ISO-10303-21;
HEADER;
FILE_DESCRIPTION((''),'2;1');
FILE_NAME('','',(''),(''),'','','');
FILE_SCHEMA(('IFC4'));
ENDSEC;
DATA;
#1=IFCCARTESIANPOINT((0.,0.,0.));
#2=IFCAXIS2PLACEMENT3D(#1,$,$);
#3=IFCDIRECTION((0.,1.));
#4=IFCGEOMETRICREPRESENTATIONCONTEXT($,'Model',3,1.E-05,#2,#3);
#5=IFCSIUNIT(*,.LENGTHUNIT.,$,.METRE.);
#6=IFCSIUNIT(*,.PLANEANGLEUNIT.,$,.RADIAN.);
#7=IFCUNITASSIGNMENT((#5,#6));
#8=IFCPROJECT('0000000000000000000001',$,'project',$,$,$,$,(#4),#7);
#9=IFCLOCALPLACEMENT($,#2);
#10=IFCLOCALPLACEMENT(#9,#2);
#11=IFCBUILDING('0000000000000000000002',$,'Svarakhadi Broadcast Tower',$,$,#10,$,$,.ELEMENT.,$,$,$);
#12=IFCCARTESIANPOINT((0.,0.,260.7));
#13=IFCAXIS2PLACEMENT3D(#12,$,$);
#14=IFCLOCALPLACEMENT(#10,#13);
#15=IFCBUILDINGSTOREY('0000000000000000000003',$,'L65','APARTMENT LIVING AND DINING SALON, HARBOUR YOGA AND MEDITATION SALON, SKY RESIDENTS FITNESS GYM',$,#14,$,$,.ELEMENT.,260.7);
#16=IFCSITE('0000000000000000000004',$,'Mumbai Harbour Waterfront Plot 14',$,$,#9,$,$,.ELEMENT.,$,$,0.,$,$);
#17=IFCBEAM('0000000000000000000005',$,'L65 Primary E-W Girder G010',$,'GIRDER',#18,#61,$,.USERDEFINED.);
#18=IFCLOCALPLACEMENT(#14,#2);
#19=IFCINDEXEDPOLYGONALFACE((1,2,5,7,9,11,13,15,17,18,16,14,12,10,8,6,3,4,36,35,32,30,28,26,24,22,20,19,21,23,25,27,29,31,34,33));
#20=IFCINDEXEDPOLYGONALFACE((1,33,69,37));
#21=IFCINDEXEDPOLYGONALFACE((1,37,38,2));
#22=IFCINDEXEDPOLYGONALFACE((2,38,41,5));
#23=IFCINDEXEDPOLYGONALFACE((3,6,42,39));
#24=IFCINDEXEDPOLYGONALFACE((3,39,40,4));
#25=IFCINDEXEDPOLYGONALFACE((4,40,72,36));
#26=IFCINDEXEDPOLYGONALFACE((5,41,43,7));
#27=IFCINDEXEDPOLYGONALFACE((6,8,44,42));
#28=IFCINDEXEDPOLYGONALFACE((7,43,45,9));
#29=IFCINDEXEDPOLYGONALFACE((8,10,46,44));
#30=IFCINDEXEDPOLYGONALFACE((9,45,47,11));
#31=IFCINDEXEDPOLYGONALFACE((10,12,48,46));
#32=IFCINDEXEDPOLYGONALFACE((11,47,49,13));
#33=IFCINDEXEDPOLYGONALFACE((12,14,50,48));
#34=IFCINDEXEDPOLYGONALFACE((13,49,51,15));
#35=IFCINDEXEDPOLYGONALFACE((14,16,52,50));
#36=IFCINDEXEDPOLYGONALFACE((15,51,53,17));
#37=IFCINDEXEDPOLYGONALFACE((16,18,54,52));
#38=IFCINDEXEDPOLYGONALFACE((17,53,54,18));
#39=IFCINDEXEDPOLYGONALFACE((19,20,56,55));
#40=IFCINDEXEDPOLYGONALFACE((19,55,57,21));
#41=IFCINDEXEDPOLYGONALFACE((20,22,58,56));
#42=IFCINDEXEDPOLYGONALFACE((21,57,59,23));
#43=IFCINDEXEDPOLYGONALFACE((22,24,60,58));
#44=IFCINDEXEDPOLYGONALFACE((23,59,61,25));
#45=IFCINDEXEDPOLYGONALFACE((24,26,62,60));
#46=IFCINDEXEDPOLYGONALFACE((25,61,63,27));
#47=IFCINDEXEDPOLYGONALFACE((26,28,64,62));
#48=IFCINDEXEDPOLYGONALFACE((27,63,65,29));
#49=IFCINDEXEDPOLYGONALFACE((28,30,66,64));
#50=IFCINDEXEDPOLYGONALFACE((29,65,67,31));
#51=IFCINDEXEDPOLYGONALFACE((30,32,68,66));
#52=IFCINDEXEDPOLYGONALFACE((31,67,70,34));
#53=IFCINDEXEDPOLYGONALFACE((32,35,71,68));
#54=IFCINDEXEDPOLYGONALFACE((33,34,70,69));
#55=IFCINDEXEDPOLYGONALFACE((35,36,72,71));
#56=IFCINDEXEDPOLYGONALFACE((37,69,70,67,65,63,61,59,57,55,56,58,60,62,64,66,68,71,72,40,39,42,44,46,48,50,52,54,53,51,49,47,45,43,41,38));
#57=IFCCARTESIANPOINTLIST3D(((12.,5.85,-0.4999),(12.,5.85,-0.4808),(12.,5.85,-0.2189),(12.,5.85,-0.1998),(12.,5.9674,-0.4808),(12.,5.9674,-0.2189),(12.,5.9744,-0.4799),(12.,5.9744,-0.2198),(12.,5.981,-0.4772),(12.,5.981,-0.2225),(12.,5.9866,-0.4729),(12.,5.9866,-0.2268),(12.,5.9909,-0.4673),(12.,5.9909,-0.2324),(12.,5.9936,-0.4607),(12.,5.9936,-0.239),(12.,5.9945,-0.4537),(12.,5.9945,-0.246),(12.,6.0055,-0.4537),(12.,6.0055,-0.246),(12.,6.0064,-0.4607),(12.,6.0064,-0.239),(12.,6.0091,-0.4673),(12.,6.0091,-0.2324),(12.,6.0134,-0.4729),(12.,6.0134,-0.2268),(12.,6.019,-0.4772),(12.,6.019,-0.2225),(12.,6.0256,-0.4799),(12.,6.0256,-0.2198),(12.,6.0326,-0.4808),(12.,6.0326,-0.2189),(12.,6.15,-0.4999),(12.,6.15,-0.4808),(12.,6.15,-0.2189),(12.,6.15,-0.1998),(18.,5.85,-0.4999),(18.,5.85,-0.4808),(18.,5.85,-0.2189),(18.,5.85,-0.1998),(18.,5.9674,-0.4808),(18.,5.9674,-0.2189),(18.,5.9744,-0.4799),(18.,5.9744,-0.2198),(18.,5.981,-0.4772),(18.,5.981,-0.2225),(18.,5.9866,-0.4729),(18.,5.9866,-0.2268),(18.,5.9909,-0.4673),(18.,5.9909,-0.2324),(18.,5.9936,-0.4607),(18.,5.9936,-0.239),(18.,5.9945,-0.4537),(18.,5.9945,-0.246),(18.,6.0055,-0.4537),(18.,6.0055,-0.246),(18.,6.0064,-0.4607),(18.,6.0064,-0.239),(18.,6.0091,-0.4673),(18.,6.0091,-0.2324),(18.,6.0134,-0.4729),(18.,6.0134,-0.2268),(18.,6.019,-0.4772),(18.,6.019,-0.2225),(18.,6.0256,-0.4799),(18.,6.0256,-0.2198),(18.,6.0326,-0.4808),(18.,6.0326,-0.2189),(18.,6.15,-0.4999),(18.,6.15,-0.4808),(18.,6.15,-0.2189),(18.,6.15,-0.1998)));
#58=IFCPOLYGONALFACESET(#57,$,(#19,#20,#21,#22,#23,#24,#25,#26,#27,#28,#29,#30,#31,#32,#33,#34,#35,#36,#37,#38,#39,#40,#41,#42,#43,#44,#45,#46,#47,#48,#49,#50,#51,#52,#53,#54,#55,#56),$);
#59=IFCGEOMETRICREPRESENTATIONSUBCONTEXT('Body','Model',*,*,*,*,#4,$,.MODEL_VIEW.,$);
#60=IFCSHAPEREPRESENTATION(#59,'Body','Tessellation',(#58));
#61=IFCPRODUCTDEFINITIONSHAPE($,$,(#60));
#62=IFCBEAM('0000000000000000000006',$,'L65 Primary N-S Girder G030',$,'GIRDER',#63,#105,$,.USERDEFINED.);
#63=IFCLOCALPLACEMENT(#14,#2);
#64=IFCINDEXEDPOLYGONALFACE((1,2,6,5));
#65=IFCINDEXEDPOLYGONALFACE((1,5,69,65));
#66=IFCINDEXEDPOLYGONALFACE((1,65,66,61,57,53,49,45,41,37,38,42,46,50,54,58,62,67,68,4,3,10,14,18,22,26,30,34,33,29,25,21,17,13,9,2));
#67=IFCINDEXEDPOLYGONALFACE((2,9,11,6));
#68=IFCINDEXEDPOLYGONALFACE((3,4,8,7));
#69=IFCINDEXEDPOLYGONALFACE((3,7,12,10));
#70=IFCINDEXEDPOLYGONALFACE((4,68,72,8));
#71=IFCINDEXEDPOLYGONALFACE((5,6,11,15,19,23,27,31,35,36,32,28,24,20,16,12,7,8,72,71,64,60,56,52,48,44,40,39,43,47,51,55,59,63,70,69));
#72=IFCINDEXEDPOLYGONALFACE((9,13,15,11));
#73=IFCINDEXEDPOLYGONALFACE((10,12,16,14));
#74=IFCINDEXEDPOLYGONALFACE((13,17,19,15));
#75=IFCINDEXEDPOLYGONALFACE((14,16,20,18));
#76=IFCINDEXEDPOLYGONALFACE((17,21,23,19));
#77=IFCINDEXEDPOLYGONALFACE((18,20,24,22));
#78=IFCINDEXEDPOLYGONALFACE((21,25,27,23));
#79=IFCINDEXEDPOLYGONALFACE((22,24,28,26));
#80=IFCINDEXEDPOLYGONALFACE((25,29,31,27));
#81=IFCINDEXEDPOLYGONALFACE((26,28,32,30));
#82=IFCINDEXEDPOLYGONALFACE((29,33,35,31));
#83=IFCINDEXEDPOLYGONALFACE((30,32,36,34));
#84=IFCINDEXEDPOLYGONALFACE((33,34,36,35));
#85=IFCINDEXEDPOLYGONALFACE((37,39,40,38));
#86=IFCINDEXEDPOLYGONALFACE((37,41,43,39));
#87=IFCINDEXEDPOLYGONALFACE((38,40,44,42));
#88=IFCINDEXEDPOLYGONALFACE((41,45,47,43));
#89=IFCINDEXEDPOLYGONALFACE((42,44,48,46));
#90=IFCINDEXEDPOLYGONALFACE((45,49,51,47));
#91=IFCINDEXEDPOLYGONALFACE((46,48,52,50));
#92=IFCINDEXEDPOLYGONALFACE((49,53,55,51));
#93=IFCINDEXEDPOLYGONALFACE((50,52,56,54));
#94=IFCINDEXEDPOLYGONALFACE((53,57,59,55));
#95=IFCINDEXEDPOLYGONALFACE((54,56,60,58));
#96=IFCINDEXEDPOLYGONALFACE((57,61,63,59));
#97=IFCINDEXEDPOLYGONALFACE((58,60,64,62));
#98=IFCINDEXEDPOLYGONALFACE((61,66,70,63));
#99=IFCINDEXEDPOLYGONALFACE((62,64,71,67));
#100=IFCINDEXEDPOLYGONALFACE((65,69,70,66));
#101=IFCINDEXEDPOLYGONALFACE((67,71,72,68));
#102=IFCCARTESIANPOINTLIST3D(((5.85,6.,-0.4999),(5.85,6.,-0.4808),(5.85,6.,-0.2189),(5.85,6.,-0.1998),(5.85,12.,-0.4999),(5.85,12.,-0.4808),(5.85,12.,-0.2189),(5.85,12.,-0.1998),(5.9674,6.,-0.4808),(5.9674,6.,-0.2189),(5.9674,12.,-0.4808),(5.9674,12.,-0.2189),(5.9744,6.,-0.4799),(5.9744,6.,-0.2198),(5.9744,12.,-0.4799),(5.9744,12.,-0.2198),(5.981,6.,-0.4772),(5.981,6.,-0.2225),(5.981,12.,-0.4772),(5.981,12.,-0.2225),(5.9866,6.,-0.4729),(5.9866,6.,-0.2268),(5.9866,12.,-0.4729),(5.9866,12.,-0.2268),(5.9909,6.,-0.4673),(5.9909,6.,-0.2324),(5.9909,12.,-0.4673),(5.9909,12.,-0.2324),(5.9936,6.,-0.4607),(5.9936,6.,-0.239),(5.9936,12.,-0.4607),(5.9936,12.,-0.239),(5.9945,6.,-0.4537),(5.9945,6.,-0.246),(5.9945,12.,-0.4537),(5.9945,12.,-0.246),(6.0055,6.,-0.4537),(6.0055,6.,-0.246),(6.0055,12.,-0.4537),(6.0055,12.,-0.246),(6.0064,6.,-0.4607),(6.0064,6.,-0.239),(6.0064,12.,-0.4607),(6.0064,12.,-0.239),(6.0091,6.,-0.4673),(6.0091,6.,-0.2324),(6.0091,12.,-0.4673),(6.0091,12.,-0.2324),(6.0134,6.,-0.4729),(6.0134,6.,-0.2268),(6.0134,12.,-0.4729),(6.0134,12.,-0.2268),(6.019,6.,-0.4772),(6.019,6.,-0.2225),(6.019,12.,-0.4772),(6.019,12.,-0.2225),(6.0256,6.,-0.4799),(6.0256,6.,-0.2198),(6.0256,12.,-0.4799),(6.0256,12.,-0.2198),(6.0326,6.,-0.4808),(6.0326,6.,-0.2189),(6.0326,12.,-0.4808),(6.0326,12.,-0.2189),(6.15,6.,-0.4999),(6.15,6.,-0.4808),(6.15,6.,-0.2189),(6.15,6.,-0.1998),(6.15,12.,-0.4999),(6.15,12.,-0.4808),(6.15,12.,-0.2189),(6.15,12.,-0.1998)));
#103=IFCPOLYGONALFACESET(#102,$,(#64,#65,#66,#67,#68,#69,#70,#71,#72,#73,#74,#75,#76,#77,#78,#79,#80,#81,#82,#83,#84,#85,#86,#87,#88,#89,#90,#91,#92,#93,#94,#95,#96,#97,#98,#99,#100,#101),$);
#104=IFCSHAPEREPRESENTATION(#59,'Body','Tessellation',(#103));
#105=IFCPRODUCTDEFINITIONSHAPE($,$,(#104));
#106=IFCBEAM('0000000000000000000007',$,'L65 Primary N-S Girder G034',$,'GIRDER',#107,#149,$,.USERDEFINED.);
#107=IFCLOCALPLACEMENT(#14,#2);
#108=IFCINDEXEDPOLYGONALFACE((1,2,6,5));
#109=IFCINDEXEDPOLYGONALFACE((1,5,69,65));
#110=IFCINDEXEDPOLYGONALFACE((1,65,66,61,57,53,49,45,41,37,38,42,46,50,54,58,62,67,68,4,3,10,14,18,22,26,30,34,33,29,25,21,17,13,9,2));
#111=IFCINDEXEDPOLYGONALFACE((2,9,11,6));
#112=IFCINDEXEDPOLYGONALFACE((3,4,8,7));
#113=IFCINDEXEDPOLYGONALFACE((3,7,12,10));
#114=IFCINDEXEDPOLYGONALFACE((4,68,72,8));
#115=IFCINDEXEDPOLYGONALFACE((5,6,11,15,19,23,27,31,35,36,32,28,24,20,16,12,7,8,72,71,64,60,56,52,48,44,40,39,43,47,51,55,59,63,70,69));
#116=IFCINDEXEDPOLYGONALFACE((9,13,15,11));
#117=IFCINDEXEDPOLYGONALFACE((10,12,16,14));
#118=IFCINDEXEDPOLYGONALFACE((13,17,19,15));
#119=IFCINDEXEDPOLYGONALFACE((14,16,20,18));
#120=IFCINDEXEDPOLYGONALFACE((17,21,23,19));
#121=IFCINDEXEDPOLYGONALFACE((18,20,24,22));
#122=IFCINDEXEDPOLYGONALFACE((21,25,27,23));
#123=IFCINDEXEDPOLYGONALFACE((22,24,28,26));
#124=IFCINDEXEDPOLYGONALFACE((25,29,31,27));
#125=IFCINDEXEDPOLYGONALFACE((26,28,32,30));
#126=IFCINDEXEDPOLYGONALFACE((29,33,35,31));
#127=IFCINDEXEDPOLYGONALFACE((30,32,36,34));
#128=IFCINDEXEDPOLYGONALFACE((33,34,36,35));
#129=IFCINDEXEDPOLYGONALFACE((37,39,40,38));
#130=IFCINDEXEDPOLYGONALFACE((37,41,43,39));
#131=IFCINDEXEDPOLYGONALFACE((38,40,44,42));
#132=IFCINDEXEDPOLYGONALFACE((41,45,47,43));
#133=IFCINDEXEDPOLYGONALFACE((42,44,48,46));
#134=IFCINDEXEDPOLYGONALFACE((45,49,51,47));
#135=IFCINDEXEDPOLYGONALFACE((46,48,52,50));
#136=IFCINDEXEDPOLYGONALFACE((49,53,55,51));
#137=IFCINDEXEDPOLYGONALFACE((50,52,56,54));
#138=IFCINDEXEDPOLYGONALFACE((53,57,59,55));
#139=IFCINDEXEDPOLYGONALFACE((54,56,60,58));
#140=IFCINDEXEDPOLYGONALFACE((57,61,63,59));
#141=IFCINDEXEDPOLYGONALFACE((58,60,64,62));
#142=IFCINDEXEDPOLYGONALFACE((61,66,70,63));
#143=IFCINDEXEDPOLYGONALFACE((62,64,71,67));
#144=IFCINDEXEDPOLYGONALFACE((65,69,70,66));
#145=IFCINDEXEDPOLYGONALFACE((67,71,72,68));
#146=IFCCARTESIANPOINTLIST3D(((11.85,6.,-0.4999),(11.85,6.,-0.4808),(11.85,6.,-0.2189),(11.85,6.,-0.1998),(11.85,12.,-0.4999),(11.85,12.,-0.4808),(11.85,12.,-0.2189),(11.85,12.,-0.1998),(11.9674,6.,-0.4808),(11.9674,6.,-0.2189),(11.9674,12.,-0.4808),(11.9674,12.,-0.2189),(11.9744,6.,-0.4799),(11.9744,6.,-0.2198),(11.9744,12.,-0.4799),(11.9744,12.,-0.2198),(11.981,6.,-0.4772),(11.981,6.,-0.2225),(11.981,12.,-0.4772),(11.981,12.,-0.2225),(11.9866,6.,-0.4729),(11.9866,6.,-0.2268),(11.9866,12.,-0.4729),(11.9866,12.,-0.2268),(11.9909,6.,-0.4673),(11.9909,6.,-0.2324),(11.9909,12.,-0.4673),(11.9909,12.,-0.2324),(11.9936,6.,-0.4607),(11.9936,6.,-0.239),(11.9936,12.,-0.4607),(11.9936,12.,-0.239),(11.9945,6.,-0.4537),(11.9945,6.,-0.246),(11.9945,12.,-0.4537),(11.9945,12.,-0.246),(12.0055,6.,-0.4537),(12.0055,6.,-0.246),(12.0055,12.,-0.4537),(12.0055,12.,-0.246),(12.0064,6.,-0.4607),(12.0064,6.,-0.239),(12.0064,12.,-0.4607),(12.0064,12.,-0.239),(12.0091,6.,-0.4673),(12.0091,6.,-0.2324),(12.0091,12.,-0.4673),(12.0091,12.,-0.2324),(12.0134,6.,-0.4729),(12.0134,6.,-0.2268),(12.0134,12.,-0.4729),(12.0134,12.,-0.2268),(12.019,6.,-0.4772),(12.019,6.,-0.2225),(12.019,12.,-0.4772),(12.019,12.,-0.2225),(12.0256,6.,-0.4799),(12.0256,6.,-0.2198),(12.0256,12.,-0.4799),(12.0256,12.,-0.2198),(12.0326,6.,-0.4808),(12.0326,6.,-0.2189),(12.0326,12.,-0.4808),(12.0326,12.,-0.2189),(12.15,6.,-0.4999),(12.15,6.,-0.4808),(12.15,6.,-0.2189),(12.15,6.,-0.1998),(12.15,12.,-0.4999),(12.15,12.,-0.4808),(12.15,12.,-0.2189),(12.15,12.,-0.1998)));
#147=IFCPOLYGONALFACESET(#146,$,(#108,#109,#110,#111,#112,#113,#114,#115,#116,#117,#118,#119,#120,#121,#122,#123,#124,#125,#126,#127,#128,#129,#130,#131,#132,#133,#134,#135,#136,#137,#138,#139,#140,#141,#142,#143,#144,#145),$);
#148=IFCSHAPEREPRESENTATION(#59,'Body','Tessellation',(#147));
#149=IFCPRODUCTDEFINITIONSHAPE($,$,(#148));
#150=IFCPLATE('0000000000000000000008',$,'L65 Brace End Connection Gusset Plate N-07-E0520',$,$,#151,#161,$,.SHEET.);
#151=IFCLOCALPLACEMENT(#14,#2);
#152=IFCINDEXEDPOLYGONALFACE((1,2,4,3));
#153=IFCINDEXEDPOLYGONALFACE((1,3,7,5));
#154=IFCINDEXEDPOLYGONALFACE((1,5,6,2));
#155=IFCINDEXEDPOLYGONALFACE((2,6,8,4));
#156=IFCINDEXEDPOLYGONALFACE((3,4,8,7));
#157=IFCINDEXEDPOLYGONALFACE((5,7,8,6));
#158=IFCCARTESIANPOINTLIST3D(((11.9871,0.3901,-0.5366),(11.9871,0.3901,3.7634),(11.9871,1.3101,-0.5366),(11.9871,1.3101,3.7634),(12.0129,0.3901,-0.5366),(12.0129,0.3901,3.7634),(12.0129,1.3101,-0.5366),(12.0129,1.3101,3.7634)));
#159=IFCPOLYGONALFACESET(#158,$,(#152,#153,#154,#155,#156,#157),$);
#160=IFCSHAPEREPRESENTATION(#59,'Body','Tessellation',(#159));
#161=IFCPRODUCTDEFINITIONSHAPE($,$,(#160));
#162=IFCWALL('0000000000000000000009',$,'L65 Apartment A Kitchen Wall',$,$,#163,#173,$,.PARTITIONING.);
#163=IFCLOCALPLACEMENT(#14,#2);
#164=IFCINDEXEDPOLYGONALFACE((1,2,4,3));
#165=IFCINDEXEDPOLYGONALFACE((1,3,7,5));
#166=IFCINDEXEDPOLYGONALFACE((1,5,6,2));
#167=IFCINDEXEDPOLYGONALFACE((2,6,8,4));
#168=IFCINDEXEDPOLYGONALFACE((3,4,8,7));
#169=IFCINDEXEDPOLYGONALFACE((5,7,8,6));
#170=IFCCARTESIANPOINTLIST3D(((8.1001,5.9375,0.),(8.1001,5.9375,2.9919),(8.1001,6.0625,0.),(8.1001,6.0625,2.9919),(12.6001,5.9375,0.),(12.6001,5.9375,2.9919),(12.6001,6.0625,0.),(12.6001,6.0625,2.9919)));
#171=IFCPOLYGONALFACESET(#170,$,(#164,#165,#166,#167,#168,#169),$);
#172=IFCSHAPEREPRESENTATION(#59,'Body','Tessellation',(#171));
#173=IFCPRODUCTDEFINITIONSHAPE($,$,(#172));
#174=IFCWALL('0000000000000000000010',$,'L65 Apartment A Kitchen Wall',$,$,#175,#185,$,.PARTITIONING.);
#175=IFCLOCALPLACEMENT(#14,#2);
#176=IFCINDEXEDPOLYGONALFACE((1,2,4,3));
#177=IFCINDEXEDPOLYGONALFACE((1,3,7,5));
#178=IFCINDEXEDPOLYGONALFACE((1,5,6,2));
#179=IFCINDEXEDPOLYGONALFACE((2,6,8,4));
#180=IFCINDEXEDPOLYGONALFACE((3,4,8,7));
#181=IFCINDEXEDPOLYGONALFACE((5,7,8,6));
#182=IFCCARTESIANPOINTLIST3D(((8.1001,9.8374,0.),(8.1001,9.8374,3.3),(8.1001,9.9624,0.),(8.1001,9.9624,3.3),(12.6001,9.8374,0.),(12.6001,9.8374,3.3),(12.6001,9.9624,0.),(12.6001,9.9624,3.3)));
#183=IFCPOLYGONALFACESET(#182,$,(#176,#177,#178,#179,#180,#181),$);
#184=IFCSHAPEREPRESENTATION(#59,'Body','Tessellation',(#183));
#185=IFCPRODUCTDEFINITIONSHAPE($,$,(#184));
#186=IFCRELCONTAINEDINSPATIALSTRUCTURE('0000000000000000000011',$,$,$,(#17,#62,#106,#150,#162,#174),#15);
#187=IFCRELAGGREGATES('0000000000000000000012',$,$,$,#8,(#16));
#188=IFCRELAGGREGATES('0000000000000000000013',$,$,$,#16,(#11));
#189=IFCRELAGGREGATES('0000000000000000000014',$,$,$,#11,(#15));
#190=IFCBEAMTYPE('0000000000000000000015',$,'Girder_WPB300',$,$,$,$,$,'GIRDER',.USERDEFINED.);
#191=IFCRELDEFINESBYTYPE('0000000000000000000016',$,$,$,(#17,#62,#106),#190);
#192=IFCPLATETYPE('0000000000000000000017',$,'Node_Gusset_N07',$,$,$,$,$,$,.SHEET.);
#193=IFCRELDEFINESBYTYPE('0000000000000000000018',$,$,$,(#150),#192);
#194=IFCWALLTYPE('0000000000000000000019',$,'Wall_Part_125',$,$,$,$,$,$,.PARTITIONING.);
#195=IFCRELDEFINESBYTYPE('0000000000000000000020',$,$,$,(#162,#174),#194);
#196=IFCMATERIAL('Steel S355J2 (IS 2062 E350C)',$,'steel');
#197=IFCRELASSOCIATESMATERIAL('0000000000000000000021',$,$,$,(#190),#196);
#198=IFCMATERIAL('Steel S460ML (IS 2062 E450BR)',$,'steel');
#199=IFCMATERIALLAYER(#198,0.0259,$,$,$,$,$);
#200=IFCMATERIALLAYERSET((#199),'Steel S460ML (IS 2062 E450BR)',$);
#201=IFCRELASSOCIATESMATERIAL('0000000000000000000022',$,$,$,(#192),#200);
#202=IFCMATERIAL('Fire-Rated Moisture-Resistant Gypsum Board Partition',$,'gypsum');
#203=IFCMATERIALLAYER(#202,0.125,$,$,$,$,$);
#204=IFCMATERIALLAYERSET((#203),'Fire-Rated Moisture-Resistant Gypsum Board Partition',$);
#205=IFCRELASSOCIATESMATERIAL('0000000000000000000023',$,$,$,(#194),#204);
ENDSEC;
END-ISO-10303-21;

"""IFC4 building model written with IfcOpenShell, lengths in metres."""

from ifc_helpers import new_model, si_unit, direction, frame, frame_2d, origin, origin_2d, place, context, subcontext, project, spatial, rectangle, i_section, extrude, material, layer, layer_set, material_profile, profile_set, type_object, element, save


model = new_model("IFC4")

# Units and contexts
model_context = context("Model", 3, precision=1e-05, world=origin(), true_north=direction((0.0, 1.0)))
body_context = subcontext(model_context, "Body", "Model", "MODEL_VIEW")
ifc_project = project(units=[si_unit("LENGTHUNIT", "METRE"), si_unit("PLANEANGLEUNIT", "RADIAN")], contexts=[model_context])

# Site, building, storey
site_placement = place(None, origin())
site = spatial("IfcSite", under=ifc_project, at=site_placement, Name="Mumbai Harbour Waterfront Plot 14", CompositionType="ELEMENT", RefElevation=0.0)
building_placement = place(site_placement, origin())
building = spatial("IfcBuilding", under=site, at=building_placement, Name="Svarakhadi Broadcast Tower", CompositionType="ELEMENT")
storey_placement = place(building_placement, frame((0.0, 0.0, 260.7)))
storey = spatial("IfcBuildingStorey", under=building, at=storey_placement, Name="L65", Description="APARTMENT LIVING AND DINING SALON, HARBOUR YOGA AND MEDITATION SALON, SKY RESIDENTS FITNESS GYM", CompositionType="ELEMENT", Elevation=260.7)

# Shared definitions
ifc_material_1 = material(Name="Steel S460ML (IS 2062 E450BR)", Category="steel")

# Beams
ifc_material_2 = material(Name="Steel S355J2 (IS 2062 E350C)", Category="steel")
ifc_material_profile_1 = material_profile(ifc_material_2, i_section(OverallWidth=0.3, OverallDepth=0.3, WebThickness=0.011, FlangeThickness=0.019, FilletRadius=0.0271, at=origin_2d()), Name="WPB 300x300x117")
ifc_profile_set_1 = profile_set([ifc_material_profile_1], Name="Steel S355J2 (IS 2062 E350C)")
beam_type_1 = type_object("IfcBeamType", Name="Girder_WPB300", ElementType="GIRDER", PredefinedType="USERDEFINED", material=ifc_profile_set_1)
for number, where, z_axis, x_axis, name in (
    (1, (12.0, 6.0, -0.3499), (1.0, 0.0, 0.0), (0.0, 1.0, 0.0), "L65 Primary E-W Girder G010"),
    (2, (6.0, 6.0, -0.3499), (0.0, 1.0, 0.0), (-1.0, 0.0, 0.0), "L65 Primary N-S Girder G030"),
    (3, (12.0, 6.0, -0.3499), (0.0, 1.0, 0.0), (-1.0, 0.0, 0.0), "L65 Primary N-S Girder G034"),
):
    element("IfcBeam", number, at=place(storey_placement, frame(where, z_axis=z_axis, x_axis=x_axis)), inside=storey, type_object=beam_type_1, Name=name, ObjectType="GIRDER", PredefinedType="USERDEFINED", context=body_context, shape_type="SweptSolid", body=[
        extrude(i_section(OverallWidth=0.3, OverallDepth=0.3, WebThickness=0.011, FlangeThickness=0.019, FilletRadius=0.0271, at=origin_2d()), origin(), (0.0, 0.0, 1.0), 6.0),
    ])

# Plate
ifc_layer_1 = layer(ifc_material_1, 0.0259)
ifc_layer_set_1 = layer_set([ifc_layer_1], Name="Steel S460ML (IS 2062 E450BR)")
plate_type = type_object("IfcPlateType", Name="Node_Gusset_N07", PredefinedType="SHEET", material=ifc_layer_set_1)
plate_placement = place(storey_placement, frame((12.0, 0.8501, -0.5366), z_axis=(0.0, 0.0, 1.0), x_axis=(0.0, 1.0, 0.0)))
element("IfcPlate", 4, at=plate_placement, inside=storey, type_object=plate_type, Name="L65 Brace End Connection Gusset Plate N-07-E0520", PredefinedType="SHEET", context=body_context, shape_type="SweptSolid", body=[
    extrude(rectangle(XDim=0.9199, YDim=0.0259, at=origin_2d()), origin(), (0.0, 0.0, 1.0), 4.3),
])

# Walls
ifc_material_3 = material(Name="Fire-Rated Moisture-Resistant Gypsum Board Partition", Category="gypsum")
ifc_layer_2 = layer(ifc_material_3, 0.125)
ifc_layer_set_2 = layer_set([ifc_layer_2], Name="Fire-Rated Moisture-Resistant Gypsum Board Partition")
wall_type_1 = type_object("IfcWallType", Name="Wall_Part_125", PredefinedType="PARTITIONING", material=ifc_layer_set_2)
wall_1_placement = place(storey_placement, frame((8.1001, 6.0, 0.0), z_axis=(0.0, 0.0, 1.0), x_axis=(1.0, 0.0, 0.0)))
element("IfcWall", 5, at=wall_1_placement, inside=storey, type_object=wall_type_1, Name="L65 Apartment A Kitchen Wall", PredefinedType="PARTITIONING", context=body_context, shape_type="SweptSolid", body=[
    extrude(rectangle(XDim=4.5, YDim=0.125, at=frame_2d((2.25, 0.0))), origin(), (0.0, 0.0, 1.0), 2.9919),
])
wall_2_placement = place(storey_placement, frame((8.1001, 9.8999, 0.0), z_axis=(0.0, 0.0, 1.0), x_axis=(1.0, 0.0, 0.0)))
element("IfcWall", 6, at=wall_2_placement, inside=storey, type_object=wall_type_1, Name="L65 Apartment A Kitchen Wall", PredefinedType="PARTITIONING", context=body_context, shape_type="SweptSolid", body=[
    extrude(rectangle(XDim=4.5, YDim=0.125, at=frame_2d((2.25, 0.0))), origin(), (0.0, 0.0, 1.0), 3.3),
])

save(model, "model.ifc")
